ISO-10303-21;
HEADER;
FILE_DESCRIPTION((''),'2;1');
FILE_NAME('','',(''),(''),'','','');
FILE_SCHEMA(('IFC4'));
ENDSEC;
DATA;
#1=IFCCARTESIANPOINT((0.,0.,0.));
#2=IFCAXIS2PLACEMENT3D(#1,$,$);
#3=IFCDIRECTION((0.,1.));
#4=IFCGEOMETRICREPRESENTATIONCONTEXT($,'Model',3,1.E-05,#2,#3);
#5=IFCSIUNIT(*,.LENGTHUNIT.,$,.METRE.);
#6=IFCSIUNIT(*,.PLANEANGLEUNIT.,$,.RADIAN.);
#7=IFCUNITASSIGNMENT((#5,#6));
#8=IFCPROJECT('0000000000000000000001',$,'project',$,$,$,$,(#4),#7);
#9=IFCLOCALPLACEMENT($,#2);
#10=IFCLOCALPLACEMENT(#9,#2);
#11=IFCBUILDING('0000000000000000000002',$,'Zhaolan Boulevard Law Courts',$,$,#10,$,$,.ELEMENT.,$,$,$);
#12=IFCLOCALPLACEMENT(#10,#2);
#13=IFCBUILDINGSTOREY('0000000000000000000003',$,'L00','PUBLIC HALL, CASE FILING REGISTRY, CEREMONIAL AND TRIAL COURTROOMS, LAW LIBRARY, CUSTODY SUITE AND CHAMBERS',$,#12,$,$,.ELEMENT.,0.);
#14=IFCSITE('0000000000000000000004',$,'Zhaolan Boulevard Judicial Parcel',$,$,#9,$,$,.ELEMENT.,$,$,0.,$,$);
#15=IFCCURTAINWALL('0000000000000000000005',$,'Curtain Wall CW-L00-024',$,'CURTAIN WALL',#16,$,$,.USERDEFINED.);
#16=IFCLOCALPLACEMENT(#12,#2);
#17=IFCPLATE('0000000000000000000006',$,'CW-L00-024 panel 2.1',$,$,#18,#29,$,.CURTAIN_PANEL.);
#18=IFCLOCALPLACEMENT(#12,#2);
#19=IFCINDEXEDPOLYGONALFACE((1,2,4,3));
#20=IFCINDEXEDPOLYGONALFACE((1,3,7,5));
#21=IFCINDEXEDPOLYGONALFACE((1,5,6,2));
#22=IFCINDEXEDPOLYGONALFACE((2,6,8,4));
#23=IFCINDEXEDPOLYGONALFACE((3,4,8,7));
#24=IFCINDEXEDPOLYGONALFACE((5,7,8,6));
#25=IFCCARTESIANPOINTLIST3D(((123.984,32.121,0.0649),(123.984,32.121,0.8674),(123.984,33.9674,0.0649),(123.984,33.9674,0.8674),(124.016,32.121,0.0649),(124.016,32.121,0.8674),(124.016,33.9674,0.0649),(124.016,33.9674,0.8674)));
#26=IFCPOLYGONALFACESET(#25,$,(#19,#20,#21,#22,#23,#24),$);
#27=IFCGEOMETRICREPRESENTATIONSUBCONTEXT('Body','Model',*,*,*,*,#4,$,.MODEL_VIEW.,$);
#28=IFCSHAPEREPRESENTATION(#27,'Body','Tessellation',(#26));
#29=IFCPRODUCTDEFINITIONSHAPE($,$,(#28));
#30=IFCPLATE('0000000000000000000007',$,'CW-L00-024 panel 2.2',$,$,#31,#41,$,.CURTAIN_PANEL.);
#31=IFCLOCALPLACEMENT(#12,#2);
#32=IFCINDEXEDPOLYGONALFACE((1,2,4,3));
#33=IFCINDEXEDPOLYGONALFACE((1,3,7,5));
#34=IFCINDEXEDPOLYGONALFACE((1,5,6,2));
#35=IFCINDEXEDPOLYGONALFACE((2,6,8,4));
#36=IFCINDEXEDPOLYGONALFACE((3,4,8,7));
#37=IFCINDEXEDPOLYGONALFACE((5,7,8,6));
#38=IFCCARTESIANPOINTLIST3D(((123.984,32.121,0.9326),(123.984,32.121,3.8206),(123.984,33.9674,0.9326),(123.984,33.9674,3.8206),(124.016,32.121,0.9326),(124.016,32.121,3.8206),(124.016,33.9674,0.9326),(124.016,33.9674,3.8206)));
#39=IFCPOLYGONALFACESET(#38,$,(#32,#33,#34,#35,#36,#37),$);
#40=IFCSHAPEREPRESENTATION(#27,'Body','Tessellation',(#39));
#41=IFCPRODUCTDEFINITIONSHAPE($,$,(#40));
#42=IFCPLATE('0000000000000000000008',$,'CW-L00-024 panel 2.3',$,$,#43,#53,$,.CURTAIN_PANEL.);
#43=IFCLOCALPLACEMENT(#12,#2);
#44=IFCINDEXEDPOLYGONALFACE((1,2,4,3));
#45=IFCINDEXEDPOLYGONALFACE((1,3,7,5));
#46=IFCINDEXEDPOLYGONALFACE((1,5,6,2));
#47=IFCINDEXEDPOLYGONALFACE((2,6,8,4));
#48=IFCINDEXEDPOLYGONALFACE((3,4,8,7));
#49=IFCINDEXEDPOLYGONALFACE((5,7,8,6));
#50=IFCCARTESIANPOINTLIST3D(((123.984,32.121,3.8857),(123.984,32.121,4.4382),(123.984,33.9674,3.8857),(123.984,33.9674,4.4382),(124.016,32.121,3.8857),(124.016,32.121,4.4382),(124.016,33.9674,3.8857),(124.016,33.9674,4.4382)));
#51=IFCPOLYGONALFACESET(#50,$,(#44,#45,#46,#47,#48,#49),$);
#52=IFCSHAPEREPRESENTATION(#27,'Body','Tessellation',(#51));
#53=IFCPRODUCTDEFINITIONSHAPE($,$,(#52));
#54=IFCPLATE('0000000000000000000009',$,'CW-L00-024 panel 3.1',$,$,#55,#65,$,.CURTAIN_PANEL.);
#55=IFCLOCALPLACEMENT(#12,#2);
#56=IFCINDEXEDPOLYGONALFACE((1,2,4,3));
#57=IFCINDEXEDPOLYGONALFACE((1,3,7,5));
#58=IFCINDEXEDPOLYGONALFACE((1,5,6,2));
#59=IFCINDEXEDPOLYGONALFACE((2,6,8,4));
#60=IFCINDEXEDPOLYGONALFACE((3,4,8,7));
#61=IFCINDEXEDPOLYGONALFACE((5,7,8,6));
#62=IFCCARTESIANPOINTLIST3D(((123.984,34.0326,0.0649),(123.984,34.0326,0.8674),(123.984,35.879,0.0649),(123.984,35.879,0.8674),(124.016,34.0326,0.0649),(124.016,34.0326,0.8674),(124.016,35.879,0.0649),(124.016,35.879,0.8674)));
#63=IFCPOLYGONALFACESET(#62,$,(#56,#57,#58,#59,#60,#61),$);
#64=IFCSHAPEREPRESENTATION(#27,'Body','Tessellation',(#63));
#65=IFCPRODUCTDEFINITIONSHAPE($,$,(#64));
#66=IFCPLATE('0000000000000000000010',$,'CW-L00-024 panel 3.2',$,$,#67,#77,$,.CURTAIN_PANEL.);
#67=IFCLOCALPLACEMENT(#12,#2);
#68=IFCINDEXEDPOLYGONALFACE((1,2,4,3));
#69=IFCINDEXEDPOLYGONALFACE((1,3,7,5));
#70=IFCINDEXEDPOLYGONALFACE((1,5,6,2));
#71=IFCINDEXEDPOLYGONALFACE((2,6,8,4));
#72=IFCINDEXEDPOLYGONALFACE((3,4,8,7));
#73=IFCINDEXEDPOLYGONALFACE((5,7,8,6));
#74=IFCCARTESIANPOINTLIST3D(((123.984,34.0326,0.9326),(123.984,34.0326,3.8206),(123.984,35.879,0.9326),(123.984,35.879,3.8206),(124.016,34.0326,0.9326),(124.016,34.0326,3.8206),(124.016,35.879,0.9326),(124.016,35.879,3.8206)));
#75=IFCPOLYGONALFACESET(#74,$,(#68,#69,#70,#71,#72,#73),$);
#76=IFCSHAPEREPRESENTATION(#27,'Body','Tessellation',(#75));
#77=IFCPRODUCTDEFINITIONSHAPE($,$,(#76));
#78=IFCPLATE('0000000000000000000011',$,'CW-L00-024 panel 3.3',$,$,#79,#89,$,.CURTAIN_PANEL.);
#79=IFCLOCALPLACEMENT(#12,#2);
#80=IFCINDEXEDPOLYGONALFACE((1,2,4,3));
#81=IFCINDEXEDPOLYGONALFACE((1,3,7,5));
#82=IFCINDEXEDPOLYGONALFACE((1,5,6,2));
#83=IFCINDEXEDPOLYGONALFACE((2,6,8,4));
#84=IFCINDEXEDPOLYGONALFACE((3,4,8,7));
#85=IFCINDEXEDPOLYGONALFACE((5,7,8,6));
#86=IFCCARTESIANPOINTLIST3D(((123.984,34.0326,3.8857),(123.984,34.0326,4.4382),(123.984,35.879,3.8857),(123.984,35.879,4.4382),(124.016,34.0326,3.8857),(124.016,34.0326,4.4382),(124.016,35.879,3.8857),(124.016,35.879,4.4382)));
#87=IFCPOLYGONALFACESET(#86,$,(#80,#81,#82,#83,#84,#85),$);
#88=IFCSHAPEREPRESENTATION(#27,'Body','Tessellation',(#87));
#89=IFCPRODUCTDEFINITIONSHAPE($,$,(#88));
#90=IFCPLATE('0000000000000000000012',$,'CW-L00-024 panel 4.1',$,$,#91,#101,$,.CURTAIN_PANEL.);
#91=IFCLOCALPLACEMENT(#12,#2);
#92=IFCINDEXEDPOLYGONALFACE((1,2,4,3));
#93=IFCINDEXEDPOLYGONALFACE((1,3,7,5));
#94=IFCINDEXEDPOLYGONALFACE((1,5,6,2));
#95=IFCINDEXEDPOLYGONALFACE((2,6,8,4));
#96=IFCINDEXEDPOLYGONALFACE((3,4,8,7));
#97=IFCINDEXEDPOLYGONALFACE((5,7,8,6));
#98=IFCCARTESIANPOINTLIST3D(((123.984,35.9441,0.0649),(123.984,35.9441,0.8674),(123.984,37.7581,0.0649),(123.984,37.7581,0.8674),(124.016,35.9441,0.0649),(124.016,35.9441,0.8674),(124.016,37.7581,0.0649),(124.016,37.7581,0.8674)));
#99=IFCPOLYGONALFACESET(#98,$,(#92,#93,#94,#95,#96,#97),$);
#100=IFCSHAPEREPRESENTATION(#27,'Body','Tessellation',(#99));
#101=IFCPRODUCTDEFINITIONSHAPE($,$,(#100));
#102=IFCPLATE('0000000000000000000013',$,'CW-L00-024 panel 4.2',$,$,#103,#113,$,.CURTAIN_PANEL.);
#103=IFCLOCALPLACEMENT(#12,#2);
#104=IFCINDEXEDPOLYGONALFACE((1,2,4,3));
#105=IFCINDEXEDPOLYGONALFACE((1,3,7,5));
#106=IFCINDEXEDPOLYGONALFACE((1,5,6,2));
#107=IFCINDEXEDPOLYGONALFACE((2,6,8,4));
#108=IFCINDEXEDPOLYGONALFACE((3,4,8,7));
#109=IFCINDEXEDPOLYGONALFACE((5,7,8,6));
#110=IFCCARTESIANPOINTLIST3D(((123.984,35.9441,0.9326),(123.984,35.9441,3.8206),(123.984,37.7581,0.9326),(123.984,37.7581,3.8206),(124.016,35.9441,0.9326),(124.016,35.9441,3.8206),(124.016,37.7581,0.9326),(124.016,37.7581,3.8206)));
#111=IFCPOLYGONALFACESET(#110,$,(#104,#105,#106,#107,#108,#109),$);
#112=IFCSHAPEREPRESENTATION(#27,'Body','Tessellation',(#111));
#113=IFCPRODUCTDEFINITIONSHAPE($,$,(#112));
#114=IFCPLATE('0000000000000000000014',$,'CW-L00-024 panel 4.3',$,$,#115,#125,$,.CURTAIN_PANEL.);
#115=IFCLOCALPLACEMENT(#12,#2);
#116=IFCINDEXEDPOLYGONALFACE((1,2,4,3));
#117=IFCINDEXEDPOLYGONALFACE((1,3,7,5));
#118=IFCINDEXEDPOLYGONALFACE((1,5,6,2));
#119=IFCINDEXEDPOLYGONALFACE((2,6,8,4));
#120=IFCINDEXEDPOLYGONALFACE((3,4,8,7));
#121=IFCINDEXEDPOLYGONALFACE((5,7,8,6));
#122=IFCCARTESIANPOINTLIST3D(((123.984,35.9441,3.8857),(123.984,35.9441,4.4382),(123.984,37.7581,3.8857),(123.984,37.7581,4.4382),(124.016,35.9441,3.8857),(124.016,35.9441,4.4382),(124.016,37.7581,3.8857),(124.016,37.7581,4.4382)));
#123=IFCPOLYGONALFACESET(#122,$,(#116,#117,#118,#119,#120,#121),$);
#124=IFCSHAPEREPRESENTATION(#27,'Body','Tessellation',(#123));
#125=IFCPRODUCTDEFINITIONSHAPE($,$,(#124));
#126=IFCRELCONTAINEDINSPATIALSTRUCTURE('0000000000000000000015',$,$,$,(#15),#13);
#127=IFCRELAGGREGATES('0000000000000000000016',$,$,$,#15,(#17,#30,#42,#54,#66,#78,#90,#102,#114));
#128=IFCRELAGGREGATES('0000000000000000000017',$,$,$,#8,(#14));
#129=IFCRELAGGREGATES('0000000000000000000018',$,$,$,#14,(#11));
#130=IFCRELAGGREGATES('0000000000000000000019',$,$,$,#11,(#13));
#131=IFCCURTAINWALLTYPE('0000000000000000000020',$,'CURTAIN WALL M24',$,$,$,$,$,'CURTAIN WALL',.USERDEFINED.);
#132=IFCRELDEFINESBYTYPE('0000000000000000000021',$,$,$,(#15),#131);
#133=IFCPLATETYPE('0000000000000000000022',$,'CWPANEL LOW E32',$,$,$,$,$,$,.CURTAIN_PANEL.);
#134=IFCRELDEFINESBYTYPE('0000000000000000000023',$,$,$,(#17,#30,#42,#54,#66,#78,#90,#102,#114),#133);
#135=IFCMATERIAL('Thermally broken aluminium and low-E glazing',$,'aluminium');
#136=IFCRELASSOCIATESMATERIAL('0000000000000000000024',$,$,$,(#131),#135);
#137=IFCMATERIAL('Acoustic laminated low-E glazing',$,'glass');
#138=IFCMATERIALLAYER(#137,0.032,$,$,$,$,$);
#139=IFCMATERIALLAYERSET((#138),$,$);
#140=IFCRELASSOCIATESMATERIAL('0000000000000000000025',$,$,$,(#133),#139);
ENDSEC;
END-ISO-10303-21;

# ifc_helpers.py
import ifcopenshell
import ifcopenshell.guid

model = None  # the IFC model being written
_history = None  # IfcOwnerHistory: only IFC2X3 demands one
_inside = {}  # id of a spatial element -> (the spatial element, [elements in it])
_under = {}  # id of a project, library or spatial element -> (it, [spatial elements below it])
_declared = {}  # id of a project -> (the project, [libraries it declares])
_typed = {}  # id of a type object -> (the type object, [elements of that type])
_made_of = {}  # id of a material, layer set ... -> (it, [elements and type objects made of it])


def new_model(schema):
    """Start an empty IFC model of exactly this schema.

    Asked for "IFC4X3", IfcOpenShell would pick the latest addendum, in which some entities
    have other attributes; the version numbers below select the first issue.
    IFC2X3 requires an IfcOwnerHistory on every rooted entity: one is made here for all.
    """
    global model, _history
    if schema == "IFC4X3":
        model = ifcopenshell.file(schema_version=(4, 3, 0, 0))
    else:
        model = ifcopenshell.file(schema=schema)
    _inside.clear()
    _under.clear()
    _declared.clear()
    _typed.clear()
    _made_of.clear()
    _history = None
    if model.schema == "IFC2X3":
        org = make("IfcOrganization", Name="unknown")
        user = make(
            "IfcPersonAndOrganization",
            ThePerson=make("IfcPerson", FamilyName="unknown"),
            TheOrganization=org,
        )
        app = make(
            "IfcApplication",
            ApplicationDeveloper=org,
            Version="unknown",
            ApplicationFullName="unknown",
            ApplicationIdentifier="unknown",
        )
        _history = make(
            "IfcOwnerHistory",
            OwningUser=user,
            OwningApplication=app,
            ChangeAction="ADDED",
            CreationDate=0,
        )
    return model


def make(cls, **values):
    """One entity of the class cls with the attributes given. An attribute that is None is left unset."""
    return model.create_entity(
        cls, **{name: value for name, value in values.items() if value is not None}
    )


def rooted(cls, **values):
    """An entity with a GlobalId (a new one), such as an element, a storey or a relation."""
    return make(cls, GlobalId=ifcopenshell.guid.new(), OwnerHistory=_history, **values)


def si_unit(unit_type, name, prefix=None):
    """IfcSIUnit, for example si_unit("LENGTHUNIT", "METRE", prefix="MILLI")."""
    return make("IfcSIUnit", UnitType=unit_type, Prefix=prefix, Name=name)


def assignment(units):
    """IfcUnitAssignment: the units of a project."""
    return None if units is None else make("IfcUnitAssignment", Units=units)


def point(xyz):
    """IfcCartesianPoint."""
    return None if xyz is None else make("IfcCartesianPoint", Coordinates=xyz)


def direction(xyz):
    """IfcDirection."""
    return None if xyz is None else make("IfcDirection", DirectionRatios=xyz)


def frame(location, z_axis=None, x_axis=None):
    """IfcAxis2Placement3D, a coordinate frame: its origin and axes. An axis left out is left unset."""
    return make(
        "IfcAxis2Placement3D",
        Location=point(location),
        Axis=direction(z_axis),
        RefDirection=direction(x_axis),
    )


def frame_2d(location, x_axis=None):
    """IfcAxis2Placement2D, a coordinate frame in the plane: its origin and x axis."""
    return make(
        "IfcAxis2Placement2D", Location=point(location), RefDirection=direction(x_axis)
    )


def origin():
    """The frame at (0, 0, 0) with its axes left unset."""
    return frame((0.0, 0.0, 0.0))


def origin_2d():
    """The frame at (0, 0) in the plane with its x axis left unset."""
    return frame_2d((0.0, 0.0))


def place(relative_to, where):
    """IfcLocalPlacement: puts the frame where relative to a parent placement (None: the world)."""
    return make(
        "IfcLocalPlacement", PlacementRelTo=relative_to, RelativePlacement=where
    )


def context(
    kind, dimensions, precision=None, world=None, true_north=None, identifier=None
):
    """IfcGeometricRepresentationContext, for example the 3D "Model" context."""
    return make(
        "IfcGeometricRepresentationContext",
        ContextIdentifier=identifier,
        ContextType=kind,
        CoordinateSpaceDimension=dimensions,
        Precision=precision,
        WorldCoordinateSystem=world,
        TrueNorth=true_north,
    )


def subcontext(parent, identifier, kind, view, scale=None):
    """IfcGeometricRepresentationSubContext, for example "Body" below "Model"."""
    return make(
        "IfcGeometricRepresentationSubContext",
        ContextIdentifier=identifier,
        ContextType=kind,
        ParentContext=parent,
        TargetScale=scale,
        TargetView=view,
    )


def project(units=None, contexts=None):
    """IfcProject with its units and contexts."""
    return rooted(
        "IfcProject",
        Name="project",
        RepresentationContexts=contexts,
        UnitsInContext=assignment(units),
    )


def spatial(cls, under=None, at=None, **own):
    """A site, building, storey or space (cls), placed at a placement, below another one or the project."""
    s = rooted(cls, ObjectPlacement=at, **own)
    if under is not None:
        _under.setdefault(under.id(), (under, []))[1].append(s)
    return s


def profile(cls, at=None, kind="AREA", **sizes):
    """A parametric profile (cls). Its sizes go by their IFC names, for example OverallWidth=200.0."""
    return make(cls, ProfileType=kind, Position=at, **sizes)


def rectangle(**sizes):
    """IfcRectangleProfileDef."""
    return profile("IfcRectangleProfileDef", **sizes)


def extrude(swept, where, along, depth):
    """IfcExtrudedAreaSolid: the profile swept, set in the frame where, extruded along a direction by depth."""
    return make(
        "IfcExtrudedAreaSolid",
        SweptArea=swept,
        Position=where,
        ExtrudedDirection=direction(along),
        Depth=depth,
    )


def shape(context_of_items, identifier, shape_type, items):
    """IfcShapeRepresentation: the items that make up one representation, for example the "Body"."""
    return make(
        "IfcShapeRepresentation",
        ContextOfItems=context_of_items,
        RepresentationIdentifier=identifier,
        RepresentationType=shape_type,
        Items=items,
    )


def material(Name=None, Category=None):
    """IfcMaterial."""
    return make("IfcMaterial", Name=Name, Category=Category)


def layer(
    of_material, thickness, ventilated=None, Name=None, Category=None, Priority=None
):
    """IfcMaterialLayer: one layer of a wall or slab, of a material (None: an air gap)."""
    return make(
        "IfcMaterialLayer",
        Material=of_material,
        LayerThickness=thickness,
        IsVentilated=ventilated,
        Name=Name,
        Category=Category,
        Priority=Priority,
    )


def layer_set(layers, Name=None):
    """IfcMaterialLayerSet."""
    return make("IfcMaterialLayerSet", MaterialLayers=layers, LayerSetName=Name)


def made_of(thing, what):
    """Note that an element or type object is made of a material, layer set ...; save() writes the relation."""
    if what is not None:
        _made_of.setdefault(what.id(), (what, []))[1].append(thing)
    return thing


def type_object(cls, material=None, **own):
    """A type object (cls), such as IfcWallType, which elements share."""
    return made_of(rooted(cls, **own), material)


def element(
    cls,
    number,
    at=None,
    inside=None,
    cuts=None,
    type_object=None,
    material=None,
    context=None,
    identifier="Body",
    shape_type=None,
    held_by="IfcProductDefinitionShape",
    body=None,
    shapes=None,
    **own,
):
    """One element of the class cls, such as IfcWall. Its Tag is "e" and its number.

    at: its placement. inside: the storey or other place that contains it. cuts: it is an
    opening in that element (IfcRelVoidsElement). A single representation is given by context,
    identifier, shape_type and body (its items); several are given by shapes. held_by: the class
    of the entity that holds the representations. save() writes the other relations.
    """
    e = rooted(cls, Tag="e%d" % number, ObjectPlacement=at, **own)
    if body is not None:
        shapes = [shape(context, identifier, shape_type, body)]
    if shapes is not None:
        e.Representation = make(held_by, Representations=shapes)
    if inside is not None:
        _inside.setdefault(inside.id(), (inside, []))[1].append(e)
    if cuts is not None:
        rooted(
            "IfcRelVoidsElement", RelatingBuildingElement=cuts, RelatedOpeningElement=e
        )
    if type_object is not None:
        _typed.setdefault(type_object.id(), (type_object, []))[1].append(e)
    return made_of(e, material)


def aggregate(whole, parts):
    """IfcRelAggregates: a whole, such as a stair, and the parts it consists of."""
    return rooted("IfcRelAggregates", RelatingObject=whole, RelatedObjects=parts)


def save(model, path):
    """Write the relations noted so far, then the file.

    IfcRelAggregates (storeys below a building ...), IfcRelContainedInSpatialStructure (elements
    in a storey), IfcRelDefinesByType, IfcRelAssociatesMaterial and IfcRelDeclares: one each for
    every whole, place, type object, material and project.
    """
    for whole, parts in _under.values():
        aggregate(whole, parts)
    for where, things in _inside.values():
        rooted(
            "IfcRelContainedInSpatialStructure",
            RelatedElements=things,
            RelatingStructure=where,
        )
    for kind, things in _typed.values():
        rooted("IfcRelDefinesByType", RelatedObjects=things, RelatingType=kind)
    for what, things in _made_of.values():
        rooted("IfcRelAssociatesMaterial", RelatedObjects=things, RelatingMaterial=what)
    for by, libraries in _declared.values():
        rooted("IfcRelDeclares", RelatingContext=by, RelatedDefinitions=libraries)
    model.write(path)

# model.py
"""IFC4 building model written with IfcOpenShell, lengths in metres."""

from ifc_helpers import new_model, si_unit, direction, frame, origin, origin_2d, place, context, subcontext, project, spatial, rectangle, extrude, material, layer, layer_set, type_object, element, aggregate, save


model = new_model("IFC4")

# Units and contexts
model_context = context("Model", 3, precision=1e-05, world=origin(), true_north=direction((0.0, 1.0)))
body_context = subcontext(model_context, "Body", "Model", "MODEL_VIEW")
ifc_project = project(units=[si_unit("LENGTHUNIT", "METRE"), si_unit("PLANEANGLEUNIT", "RADIAN")], contexts=[model_context])

# Site, building, storey
site_placement = place(None, origin())
site = spatial("IfcSite", under=ifc_project, at=site_placement, Name="Zhaolan Boulevard Judicial Parcel", CompositionType="ELEMENT", RefElevation=0.0)
building_placement = place(site_placement, origin())
building = spatial("IfcBuilding", under=site, at=building_placement, Name="Zhaolan Boulevard Law Courts", CompositionType="ELEMENT")
storey_placement = place(building_placement, origin())
storey = spatial("IfcBuildingStorey", under=building, at=storey_placement, Name="L00", Description="PUBLIC HALL, CASE FILING REGISTRY, CEREMONIAL AND TRIAL COURTROOMS, LAW LIBRARY, CUSTODY SUITE AND CHAMBERS", CompositionType="ELEMENT", Elevation=0.0)

# Curtain wall
ifc_material_1 = material(Name="Thermally broken aluminium and low-E glazing", Category="aluminium")
curtain_wall_type_1 = type_object("IfcCurtainWallType", Name="CURTAIN WALL M24", ElementType="CURTAIN WALL", PredefinedType="USERDEFINED", material=ifc_material_1)
curtain_wall_1_placement = place(storey_placement, origin())
curtain_wall_1 = element("IfcCurtainWall", 1, at=curtain_wall_1_placement, inside=storey, type_object=curtain_wall_type_1, Name="Curtain Wall CW-L00-024", ObjectType="CURTAIN WALL", PredefinedType="USERDEFINED")

# Plates
ifc_material_2 = material(Name="Acoustic laminated low-E glazing", Category="glass")
ifc_layer = layer(ifc_material_2, 0.032)
ifc_layer_set = layer_set([ifc_layer])
plate_type = type_object("IfcPlateType", Name="CWPANEL LOW E32", PredefinedType="CURTAIN_PANEL", material=ifc_layer_set)
plate_1_placement = place(storey_placement, frame((124.0, 33.0442, 0.0649), z_axis=(0.0, 0.0, 1.0), x_axis=(0.0, 1.0, 0.0)))
plate_1 = element("IfcPlate", 2, at=plate_1_placement, type_object=plate_type, Name="CW-L00-024 panel 2.1", PredefinedType="CURTAIN_PANEL", context=body_context, shape_type="SweptSolid", body=[
    extrude(rectangle(XDim=1.8464, YDim=0.032, at=origin_2d()), origin(), (0.0, 0.0, 1.0), 0.8025),
])
plate_2_placement = place(storey_placement, frame((124.0, 33.0442, 0.9326), z_axis=(0.0, 0.0, 1.0), x_axis=(0.0, 1.0, 0.0)))
plate_2 = element("IfcPlate", 3, at=plate_2_placement, type_object=plate_type, Name="CW-L00-024 panel 2.2", PredefinedType="CURTAIN_PANEL", context=body_context, shape_type="SweptSolid", body=[
    extrude(rectangle(XDim=1.8464, YDim=0.032, at=origin_2d()), origin(), (0.0, 0.0, 1.0), 2.8879),
])
plate_3_placement = place(storey_placement, frame((124.0, 33.0442, 3.8857), z_axis=(0.0, 0.0, 1.0), x_axis=(0.0, 1.0, 0.0)))
plate_3 = element("IfcPlate", 4, at=plate_3_placement, type_object=plate_type, Name="CW-L00-024 panel 2.3", PredefinedType="CURTAIN_PANEL", context=body_context, shape_type="SweptSolid", body=[
    extrude(rectangle(XDim=1.8464, YDim=0.032, at=origin_2d()), origin(), (0.0, 0.0, 1.0), 0.5525),
])
plate_4_placement = place(storey_placement, frame((124.0, 34.9558, 0.0649), z_axis=(0.0, 0.0, 1.0), x_axis=(0.0, 1.0, 0.0)))
plate_4 = element("IfcPlate", 5, at=plate_4_placement, type_object=plate_type, Name="CW-L00-024 panel 3.1", PredefinedType="CURTAIN_PANEL", context=body_context, shape_type="SweptSolid", body=[
    extrude(rectangle(XDim=1.8464, YDim=0.032, at=origin_2d()), origin(), (0.0, 0.0, 1.0), 0.8025),
])
plate_5_placement = place(storey_placement, frame((124.0, 34.9558, 0.9326), z_axis=(0.0, 0.0, 1.0), x_axis=(0.0, 1.0, 0.0)))
plate_5 = element("IfcPlate", 6, at=plate_5_placement, type_object=plate_type, Name="CW-L00-024 panel 3.2", PredefinedType="CURTAIN_PANEL", context=body_context, shape_type="SweptSolid", body=[
    extrude(rectangle(XDim=1.8464, YDim=0.032, at=origin_2d()), origin(), (0.0, 0.0, 1.0), 2.8879),
])
plate_6_placement = place(storey_placement, frame((124.0, 34.9558, 3.8857), z_axis=(0.0, 0.0, 1.0), x_axis=(0.0, 1.0, 0.0)))
plate_6 = element("IfcPlate", 7, at=plate_6_placement, type_object=plate_type, Name="CW-L00-024 panel 3.3", PredefinedType="CURTAIN_PANEL", context=body_context, shape_type="SweptSolid", body=[
    extrude(rectangle(XDim=1.8464, YDim=0.032, at=origin_2d()), origin(), (0.0, 0.0, 1.0), 0.5525),
])
plate_7_placement = place(storey_placement, frame((124.0, 36.8511, 0.0649), z_axis=(0.0, 0.0, 1.0), x_axis=(0.0, 1.0, 0.0)))
plate_7 = element("IfcPlate", 8, at=plate_7_placement, type_object=plate_type, Name="CW-L00-024 panel 4.1", PredefinedType="CURTAIN_PANEL", context=body_context, shape_type="SweptSolid", body=[
    extrude(rectangle(XDim=1.814, YDim=0.032, at=origin_2d()), origin(), (0.0, 0.0, 1.0), 0.8025),
])
plate_8_placement = place(storey_placement, frame((124.0, 36.8511, 0.9326), z_axis=(0.0, 0.0, 1.0), x_axis=(0.0, 1.0, 0.0)))
plate_8 = element("IfcPlate", 9, at=plate_8_placement, type_object=plate_type, Name="CW-L00-024 panel 4.2", PredefinedType="CURTAIN_PANEL", context=body_context, shape_type="SweptSolid", body=[
    extrude(rectangle(XDim=1.814, YDim=0.032, at=origin_2d()), origin(), (0.0, 0.0, 1.0), 2.8879),
])
plate_9_placement = place(storey_placement, frame((124.0, 36.8511, 3.8857), z_axis=(0.0, 0.0, 1.0), x_axis=(0.0, 1.0, 0.0)))
plate_9 = element("IfcPlate", 10, at=plate_9_placement, type_object=plate_type, Name="CW-L00-024 panel 4.3", PredefinedType="CURTAIN_PANEL", context=body_context, shape_type="SweptSolid", body=[
    extrude(rectangle(XDim=1.814, YDim=0.032, at=origin_2d()), origin(), (0.0, 0.0, 1.0), 0.5525),
])
aggregate(curtain_wall_1, [plate_1, plate_2, plate_3, plate_4, plate_5, plate_6, plate_7, plate_8, plate_9])

save(model, "model.ifc")
